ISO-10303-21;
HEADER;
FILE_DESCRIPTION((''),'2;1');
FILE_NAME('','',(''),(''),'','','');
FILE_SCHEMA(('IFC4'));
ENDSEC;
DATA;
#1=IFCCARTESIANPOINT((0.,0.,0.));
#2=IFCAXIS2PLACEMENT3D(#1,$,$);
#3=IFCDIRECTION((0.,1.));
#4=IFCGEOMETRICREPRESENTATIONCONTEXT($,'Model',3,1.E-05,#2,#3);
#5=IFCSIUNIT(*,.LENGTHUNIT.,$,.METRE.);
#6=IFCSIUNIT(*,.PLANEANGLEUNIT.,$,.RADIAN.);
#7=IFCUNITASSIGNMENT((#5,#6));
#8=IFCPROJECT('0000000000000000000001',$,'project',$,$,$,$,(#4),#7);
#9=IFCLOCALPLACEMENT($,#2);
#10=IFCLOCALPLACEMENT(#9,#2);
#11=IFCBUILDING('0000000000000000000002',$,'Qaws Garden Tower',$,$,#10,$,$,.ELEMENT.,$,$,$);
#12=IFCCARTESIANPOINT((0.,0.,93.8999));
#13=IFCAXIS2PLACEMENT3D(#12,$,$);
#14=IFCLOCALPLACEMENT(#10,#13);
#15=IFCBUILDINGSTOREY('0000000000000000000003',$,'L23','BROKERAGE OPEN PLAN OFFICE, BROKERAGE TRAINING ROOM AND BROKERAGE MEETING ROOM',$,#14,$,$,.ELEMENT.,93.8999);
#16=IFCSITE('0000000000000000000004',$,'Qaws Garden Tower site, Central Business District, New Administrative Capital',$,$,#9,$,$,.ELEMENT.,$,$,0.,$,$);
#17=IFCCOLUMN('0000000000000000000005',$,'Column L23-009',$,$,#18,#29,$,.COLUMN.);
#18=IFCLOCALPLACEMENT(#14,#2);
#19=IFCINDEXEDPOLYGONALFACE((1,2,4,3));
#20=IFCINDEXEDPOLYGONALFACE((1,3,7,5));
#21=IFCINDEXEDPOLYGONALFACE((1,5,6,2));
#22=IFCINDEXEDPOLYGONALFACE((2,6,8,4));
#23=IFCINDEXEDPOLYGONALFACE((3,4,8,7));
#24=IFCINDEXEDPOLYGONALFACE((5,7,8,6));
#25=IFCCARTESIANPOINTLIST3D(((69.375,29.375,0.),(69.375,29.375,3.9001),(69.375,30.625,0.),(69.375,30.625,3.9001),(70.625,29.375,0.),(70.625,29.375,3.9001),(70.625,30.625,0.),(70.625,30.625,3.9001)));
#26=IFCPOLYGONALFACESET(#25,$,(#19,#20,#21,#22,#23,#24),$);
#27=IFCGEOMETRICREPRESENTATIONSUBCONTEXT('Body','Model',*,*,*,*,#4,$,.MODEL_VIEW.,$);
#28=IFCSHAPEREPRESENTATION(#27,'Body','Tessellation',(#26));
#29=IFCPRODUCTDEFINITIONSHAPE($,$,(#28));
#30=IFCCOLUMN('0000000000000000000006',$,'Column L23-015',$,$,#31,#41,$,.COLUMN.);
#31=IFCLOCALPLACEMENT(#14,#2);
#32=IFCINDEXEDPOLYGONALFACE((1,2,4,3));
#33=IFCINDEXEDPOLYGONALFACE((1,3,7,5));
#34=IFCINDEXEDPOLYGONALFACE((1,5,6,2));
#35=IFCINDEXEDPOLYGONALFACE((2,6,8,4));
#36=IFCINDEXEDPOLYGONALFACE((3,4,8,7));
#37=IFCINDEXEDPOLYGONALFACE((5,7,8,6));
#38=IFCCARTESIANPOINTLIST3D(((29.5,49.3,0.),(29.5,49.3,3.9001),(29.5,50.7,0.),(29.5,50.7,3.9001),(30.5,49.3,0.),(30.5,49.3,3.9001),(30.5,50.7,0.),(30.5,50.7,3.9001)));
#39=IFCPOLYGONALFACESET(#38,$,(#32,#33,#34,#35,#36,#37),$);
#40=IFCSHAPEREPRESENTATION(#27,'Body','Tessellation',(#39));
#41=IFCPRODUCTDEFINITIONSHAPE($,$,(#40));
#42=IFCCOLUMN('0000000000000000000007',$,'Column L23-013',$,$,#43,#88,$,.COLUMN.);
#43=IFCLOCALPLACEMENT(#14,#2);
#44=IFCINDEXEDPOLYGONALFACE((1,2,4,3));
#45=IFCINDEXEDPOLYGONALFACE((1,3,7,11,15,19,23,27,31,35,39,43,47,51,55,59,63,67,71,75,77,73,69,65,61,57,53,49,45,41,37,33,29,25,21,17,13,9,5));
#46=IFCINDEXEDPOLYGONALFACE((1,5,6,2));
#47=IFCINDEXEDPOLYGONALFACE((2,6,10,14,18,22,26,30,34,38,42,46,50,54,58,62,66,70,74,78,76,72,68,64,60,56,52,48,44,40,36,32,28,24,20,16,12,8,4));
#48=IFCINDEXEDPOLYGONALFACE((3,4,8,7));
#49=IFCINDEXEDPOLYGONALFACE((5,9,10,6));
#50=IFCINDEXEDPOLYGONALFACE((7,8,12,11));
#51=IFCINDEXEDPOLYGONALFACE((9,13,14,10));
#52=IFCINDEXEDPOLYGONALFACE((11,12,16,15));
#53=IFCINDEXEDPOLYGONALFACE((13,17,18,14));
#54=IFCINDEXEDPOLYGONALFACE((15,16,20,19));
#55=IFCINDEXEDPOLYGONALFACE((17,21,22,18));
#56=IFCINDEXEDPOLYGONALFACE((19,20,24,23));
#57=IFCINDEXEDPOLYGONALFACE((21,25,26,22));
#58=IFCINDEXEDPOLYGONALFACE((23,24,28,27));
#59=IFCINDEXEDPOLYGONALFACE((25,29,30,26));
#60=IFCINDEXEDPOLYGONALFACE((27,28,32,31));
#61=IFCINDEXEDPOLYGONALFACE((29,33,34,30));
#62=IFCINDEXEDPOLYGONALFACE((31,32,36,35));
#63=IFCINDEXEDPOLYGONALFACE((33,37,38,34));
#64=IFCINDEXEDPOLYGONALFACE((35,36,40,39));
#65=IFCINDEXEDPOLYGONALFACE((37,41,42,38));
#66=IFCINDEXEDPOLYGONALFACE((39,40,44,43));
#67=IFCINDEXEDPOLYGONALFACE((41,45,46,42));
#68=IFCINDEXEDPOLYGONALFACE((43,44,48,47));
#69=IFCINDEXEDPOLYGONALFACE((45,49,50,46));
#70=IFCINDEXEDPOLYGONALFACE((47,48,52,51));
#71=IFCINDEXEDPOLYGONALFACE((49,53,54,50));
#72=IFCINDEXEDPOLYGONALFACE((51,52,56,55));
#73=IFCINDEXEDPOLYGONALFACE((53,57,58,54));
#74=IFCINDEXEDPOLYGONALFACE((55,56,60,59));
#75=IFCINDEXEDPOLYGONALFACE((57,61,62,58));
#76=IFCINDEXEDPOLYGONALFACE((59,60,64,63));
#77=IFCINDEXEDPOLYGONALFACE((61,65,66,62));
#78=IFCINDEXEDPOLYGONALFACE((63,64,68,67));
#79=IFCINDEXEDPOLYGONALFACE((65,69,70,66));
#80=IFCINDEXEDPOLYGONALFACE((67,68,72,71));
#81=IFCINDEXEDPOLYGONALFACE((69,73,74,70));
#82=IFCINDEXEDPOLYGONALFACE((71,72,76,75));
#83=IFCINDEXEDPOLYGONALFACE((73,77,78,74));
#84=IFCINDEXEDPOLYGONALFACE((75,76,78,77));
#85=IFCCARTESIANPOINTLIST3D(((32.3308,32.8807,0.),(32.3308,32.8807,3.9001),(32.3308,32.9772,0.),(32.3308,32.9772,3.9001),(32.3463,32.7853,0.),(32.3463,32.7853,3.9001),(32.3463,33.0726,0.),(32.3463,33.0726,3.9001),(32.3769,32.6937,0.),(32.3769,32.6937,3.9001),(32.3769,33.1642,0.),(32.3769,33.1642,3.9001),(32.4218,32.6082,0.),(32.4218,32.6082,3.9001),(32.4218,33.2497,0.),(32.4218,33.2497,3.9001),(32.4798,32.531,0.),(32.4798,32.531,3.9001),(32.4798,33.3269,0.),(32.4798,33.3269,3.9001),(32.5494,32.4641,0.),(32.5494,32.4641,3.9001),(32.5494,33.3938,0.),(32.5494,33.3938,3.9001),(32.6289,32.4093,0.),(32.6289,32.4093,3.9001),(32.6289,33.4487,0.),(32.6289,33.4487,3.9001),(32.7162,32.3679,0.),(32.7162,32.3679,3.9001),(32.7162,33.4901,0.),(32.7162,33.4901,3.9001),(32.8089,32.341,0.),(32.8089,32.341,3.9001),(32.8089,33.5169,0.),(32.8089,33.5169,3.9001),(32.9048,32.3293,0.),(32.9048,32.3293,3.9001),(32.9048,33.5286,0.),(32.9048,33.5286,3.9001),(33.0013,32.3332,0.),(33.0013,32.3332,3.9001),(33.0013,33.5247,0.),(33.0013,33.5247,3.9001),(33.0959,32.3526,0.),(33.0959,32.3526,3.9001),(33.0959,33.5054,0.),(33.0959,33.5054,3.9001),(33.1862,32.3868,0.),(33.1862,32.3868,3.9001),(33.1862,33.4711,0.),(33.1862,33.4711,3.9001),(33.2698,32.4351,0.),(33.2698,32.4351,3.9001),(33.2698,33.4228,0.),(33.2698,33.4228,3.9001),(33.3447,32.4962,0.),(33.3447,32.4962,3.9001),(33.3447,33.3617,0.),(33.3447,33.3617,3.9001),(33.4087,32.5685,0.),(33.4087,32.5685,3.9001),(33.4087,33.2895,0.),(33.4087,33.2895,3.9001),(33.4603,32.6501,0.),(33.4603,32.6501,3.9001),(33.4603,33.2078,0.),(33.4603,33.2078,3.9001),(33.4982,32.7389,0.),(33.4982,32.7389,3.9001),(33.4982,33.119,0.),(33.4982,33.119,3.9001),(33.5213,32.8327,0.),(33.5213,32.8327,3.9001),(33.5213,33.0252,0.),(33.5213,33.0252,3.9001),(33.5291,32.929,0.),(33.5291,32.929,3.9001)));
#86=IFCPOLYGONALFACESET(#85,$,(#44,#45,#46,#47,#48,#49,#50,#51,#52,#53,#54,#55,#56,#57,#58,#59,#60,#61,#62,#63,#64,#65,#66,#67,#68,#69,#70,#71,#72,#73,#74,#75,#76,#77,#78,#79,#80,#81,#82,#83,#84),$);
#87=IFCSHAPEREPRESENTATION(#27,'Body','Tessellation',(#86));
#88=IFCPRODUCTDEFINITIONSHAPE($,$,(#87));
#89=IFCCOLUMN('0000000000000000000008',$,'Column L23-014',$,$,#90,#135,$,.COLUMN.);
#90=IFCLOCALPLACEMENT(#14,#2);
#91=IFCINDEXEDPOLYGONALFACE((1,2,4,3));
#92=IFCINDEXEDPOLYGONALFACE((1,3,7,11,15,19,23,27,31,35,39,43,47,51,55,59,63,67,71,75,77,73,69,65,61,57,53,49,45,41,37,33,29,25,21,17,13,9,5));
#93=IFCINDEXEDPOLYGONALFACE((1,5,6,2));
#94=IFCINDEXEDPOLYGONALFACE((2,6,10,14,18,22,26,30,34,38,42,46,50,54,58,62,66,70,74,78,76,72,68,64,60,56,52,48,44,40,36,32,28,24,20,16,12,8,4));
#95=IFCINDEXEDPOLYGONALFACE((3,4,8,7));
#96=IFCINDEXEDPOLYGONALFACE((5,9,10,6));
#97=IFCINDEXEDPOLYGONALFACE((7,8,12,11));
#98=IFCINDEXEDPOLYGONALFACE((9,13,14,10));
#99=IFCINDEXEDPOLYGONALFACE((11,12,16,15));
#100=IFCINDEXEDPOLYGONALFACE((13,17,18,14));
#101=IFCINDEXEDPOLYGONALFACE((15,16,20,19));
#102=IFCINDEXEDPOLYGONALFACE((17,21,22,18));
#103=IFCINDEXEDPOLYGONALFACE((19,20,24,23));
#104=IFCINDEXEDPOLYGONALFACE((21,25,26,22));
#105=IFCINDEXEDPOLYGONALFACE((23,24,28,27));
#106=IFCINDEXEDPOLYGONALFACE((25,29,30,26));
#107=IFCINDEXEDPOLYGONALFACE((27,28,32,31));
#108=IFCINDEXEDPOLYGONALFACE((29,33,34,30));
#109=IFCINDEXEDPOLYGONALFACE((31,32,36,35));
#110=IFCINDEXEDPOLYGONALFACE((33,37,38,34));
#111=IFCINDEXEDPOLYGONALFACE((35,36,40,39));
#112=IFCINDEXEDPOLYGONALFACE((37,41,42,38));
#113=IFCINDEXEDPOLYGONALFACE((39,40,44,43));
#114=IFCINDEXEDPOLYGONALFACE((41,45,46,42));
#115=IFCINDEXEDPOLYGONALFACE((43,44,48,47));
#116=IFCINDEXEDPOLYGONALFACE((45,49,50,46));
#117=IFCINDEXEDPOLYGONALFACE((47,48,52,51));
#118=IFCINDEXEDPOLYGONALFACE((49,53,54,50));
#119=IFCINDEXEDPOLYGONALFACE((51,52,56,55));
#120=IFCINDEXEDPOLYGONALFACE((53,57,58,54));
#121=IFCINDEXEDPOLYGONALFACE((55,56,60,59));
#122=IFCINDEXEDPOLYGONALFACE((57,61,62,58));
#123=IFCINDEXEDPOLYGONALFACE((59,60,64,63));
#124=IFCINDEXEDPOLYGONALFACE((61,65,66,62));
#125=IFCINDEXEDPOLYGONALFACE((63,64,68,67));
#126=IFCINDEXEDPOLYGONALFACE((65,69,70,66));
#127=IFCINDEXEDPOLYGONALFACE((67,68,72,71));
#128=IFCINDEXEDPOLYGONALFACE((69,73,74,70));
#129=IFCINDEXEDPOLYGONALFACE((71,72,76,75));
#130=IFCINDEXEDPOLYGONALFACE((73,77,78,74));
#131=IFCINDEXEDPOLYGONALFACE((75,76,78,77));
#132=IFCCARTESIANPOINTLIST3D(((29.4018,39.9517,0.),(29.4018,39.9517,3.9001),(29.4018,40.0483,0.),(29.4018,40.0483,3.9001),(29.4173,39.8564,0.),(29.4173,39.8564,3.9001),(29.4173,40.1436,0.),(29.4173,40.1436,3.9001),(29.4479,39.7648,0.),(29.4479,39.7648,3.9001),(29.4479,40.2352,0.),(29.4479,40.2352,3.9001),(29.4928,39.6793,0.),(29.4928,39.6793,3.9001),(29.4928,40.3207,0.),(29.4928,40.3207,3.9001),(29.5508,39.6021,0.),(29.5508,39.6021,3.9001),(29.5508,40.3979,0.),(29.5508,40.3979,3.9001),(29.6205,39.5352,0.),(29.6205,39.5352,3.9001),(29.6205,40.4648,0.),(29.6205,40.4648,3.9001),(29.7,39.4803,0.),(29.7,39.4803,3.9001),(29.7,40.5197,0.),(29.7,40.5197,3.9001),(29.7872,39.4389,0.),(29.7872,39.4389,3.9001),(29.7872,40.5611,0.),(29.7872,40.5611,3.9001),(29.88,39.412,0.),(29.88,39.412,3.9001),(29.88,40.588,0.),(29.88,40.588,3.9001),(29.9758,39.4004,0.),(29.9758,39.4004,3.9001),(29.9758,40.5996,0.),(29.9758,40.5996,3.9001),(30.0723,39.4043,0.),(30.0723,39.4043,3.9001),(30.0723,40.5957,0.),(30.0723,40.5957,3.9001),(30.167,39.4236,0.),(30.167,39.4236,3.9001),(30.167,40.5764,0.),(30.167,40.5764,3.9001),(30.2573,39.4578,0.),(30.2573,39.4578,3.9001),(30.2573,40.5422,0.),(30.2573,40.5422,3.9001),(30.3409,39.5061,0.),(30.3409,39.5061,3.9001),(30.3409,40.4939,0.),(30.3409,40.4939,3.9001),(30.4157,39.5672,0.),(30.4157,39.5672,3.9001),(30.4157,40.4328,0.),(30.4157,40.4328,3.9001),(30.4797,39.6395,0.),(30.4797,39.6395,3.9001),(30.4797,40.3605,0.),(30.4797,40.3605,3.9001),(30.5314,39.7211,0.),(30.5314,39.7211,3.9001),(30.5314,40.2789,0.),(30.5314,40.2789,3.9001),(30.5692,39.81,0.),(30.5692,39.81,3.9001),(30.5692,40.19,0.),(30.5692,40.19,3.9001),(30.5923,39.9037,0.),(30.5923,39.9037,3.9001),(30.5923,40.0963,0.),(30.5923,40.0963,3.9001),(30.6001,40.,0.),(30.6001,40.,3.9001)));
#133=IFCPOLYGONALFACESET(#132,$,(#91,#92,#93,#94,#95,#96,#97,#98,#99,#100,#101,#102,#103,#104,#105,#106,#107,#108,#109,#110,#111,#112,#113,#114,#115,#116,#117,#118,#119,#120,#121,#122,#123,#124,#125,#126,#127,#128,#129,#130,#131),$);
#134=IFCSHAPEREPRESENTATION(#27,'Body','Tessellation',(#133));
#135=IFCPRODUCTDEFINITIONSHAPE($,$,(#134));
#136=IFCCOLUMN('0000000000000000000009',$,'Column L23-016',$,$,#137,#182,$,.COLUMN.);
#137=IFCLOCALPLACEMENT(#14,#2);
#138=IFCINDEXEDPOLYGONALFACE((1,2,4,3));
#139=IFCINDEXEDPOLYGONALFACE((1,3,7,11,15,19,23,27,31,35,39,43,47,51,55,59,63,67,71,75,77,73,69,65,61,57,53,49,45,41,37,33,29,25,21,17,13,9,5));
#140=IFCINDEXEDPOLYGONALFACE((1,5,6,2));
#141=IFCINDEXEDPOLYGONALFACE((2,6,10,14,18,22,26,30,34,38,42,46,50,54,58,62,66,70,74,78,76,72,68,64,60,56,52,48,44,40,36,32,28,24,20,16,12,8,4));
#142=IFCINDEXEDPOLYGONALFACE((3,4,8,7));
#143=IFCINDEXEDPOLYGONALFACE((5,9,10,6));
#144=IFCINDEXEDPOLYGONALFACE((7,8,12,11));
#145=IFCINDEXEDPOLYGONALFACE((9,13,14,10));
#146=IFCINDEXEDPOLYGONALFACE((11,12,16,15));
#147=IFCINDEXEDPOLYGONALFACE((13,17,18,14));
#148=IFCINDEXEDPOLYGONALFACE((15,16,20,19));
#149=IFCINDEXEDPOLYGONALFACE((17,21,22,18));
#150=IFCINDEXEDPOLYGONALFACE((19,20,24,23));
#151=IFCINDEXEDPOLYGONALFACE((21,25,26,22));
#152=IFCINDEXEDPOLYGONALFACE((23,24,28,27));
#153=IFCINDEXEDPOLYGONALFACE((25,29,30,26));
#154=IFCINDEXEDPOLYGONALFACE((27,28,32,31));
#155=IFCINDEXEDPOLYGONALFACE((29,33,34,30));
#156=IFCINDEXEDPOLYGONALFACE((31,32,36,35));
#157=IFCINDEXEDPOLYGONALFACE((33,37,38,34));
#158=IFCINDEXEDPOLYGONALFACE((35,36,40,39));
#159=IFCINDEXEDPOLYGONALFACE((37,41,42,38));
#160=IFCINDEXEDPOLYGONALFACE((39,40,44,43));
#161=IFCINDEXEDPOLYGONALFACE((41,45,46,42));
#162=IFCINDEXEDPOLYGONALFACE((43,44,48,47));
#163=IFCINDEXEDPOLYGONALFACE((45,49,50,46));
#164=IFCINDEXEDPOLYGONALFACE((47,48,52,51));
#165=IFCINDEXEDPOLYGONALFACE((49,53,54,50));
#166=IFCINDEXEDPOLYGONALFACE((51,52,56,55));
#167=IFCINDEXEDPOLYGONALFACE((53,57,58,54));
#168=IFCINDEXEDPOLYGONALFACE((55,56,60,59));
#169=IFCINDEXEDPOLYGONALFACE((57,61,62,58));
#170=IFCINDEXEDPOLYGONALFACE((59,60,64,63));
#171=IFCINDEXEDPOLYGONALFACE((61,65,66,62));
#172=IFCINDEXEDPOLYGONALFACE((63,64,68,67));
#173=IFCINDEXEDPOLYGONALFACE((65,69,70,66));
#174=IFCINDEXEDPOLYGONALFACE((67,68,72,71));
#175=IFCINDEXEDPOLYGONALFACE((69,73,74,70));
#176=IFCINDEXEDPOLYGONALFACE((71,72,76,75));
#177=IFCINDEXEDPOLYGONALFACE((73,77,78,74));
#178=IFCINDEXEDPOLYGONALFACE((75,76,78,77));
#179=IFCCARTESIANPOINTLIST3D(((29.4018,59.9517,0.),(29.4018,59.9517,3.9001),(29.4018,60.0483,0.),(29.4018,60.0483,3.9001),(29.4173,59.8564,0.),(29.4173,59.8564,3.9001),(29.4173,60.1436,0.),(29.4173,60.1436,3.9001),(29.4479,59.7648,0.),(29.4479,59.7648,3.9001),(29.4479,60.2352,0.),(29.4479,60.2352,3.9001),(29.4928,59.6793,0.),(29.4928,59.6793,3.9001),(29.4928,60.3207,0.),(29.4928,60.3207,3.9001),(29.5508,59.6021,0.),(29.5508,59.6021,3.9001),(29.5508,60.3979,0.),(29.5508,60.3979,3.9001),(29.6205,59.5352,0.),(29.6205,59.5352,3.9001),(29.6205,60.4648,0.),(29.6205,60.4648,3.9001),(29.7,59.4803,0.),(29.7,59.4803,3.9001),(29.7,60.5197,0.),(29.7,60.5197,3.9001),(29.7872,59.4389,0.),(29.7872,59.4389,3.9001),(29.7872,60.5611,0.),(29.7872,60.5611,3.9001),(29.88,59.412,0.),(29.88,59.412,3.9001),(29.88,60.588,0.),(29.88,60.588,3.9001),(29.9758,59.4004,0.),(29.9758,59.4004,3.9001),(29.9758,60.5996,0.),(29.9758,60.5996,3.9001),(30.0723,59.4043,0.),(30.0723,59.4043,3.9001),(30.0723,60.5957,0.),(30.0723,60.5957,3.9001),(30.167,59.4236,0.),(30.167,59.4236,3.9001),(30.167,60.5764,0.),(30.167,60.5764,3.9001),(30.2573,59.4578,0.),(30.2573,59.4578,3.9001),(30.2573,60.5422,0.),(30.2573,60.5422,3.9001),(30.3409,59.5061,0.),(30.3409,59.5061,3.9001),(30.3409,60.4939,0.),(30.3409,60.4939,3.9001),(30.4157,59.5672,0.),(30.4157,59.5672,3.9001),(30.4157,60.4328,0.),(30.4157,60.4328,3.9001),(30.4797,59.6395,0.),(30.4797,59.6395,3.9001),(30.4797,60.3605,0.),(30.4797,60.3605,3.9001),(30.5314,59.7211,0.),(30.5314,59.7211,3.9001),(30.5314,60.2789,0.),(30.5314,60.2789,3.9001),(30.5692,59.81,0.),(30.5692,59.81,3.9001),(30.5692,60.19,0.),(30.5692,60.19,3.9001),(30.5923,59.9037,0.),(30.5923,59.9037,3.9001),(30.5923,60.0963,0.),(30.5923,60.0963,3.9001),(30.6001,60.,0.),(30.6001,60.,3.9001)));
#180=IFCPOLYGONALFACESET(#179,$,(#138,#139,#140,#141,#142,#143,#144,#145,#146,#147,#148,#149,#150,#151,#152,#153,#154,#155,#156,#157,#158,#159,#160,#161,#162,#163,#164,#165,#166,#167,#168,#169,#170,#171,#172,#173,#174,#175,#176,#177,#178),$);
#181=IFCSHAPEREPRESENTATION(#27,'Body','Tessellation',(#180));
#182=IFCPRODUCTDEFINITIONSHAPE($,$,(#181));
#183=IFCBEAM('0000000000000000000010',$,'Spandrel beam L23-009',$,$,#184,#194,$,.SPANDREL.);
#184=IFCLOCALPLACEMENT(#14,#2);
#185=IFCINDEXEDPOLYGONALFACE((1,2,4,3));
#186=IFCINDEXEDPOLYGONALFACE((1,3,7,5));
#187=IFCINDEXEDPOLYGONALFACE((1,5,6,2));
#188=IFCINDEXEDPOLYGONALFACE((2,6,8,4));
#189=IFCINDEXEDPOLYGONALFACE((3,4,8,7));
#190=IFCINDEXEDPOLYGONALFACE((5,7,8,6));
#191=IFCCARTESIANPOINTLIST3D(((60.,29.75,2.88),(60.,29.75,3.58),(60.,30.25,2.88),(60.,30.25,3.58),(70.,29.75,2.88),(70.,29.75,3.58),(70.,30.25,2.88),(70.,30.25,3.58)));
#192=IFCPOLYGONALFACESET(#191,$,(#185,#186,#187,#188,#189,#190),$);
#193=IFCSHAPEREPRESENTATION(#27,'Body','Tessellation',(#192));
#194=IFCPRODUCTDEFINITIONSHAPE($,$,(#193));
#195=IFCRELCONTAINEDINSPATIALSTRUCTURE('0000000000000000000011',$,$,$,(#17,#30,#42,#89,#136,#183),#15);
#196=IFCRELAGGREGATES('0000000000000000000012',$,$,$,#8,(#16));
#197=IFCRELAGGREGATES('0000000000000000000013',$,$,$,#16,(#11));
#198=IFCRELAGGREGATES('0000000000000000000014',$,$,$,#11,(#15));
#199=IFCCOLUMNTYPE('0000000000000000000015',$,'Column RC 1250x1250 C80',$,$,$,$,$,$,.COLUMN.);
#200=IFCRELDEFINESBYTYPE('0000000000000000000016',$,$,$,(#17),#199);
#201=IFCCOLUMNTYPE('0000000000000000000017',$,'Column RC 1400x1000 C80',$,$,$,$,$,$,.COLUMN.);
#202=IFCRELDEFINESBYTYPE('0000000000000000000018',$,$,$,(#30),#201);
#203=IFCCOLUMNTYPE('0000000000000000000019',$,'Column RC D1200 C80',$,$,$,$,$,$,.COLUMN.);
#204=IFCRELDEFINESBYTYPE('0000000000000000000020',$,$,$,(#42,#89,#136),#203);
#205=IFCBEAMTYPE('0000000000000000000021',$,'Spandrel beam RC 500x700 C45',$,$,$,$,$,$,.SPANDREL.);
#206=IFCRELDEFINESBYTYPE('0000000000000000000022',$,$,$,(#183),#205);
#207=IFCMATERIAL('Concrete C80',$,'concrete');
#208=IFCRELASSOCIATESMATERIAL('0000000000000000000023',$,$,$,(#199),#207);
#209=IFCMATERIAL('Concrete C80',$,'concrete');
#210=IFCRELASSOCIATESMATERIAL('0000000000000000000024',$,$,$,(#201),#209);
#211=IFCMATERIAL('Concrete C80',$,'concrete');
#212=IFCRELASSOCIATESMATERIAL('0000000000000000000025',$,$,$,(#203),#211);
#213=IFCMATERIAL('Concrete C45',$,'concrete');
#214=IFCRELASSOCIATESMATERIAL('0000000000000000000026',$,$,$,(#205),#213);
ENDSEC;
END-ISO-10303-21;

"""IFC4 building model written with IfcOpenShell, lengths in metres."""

from ifc_helpers import new_model, si_unit, direction, frame, origin, origin_2d, place, context, subcontext, project, spatial, rectangle, circle, extrude, material, material_profile, profile_set, type_object, element, save


model = new_model("IFC4")

# Units and contexts
model_context = context("Model", 3, precision=1e-05, world=origin(), true_north=direction((0.0, 1.0)))
body_context = subcontext(model_context, "Body", "Model", "MODEL_VIEW")
ifc_project = project(units=[si_unit("LENGTHUNIT", "METRE"), si_unit("PLANEANGLEUNIT", "RADIAN")], contexts=[model_context])

# Site, building, storey
site_placement = place(None, origin())
site = spatial("IfcSite", under=ifc_project, at=site_placement, Name="Qaws Garden Tower site, Central Business District, New Administrative Capital", CompositionType="ELEMENT", RefElevation=0.0)
building_placement = place(site_placement, origin())
building = spatial("IfcBuilding", under=site, at=building_placement, Name="Qaws Garden Tower", CompositionType="ELEMENT")
storey_placement = place(building_placement, frame((0.0, 0.0, 93.8999)))
storey = spatial("IfcBuildingStorey", under=building, at=storey_placement, Name="L23", Description="BROKERAGE OPEN PLAN OFFICE, BROKERAGE TRAINING ROOM AND BROKERAGE MEETING ROOM", CompositionType="ELEMENT", Elevation=93.8999)

# Columns
ifc_material_1 = material(Name="Concrete C80", Category="concrete")
ifc_material_profile_1 = material_profile(ifc_material_1, rectangle(XDim=1.25, YDim=1.25, at=origin_2d()), Name="RC 1250x1250")
ifc_profile_set_1 = profile_set([ifc_material_profile_1], Name="Concrete C80")
column_type_1 = type_object("IfcColumnType", Name="Column RC 1250x1250 C80", PredefinedType="COLUMN", material=ifc_profile_set_1)
column_1_placement = place(storey_placement, frame((70.0, 30.0, 0.0), z_axis=(0.0, 0.0, 1.0), x_axis=(1.0, 0.0, 0.0)))
element("IfcColumn", 1, at=column_1_placement, inside=storey, type_object=column_type_1, Name="Column L23-009", PredefinedType="COLUMN", context=body_context, shape_type="SweptSolid", body=[
    extrude(rectangle(XDim=1.25, YDim=1.25, at=origin_2d()), origin(), (0.0, 0.0, 1.0), 3.9001),
])
ifc_material_2 = material(Name="Concrete C80", Category="concrete")
ifc_material_profile_2 = material_profile(ifc_material_2, rectangle(XDim=1.3999, YDim=1.0, at=origin_2d()), Name="RC 1400x1000")
ifc_profile_set_2 = profile_set([ifc_material_profile_2], Name="Concrete C80")
column_type_2 = type_object("IfcColumnType", Name="Column RC 1400x1000 C80", PredefinedType="COLUMN", material=ifc_profile_set_2)
column_2_placement = place(storey_placement, frame((30.0, 50.0, 0.0), z_axis=(0.0, 0.0, 1.0), x_axis=(0.0, 1.0, 0.0)))
element("IfcColumn", 2, at=column_2_placement, inside=storey, type_object=column_type_2, Name="Column L23-015", PredefinedType="COLUMN", context=body_context, shape_type="SweptSolid", body=[
    extrude(rectangle(XDim=1.3999, YDim=1.0, at=origin_2d()), origin(), (0.0, 0.0, 1.0), 3.9001),
])
ifc_material_3 = material(Name="Concrete C80", Category="concrete")
ifc_material_profile_3 = material_profile(ifc_material_3, circle(Radius=0.6001, at=origin_2d()), Name="RC D1200")
ifc_profile_set_3 = profile_set([ifc_material_profile_3], Name="Concrete C80")
column_type_3 = type_object("IfcColumnType", Name="Column RC D1200 C80", PredefinedType="COLUMN", material=ifc_profile_set_3)
for number, where, z_axis, x_axis, name in (
    (3, (32.929, 32.929, 0.0), (0.0, 0.0, 1.0), (1.0, 0.0, 0.0), "Column L23-013"),
    (4, (30.0, 40.0, 0.0), (0.0, 0.0, 1.0), (1.0, 0.0, 0.0), "Column L23-014"),
    (5, (30.0, 60.0, 0.0), (0.0, 0.0, 1.0), (1.0, 0.0, 0.0), "Column L23-016"),
):
    element("IfcColumn", number, at=place(storey_placement, frame(where, z_axis=z_axis, x_axis=x_axis)), inside=storey, type_object=column_type_3, Name=name, PredefinedType="COLUMN", context=body_context, shape_type="SweptSolid", body=[
        extrude(circle(Radius=0.6001, at=origin_2d()), origin(), (0.0, 0.0, 1.0), 3.9001),
    ])

# Beam
ifc_material_4 = material(Name="Concrete C45", Category="concrete")
ifc_material_profile_4 = material_profile(ifc_material_4, rectangle(XDim=0.5, YDim=0.7, at=origin_2d()), Name="RC 500x700")
ifc_profile_set_4 = profile_set([ifc_material_profile_4], Name="Concrete C45")
beam_type = type_object("IfcBeamType", Name="Spandrel beam RC 500x700 C45", PredefinedType="SPANDREL", material=ifc_profile_set_4)
beam_1_placement = place(storey_placement, frame((70.0, 30.0, 3.23), z_axis=(-1.0, 0.0, 0.0), x_axis=(0.0, -1.0, 0.0)))
element("IfcBeam", 6, at=beam_1_placement, inside=storey, type_object=beam_type, Name="Spandrel beam L23-009", PredefinedType="SPANDREL", context=body_context, shape_type="SweptSolid", body=[
    extrude(rectangle(XDim=0.5, YDim=0.7, at=origin_2d()), origin(), (0.0, 0.0, 1.0), 10.0),
])

save(model, "model.ifc")
